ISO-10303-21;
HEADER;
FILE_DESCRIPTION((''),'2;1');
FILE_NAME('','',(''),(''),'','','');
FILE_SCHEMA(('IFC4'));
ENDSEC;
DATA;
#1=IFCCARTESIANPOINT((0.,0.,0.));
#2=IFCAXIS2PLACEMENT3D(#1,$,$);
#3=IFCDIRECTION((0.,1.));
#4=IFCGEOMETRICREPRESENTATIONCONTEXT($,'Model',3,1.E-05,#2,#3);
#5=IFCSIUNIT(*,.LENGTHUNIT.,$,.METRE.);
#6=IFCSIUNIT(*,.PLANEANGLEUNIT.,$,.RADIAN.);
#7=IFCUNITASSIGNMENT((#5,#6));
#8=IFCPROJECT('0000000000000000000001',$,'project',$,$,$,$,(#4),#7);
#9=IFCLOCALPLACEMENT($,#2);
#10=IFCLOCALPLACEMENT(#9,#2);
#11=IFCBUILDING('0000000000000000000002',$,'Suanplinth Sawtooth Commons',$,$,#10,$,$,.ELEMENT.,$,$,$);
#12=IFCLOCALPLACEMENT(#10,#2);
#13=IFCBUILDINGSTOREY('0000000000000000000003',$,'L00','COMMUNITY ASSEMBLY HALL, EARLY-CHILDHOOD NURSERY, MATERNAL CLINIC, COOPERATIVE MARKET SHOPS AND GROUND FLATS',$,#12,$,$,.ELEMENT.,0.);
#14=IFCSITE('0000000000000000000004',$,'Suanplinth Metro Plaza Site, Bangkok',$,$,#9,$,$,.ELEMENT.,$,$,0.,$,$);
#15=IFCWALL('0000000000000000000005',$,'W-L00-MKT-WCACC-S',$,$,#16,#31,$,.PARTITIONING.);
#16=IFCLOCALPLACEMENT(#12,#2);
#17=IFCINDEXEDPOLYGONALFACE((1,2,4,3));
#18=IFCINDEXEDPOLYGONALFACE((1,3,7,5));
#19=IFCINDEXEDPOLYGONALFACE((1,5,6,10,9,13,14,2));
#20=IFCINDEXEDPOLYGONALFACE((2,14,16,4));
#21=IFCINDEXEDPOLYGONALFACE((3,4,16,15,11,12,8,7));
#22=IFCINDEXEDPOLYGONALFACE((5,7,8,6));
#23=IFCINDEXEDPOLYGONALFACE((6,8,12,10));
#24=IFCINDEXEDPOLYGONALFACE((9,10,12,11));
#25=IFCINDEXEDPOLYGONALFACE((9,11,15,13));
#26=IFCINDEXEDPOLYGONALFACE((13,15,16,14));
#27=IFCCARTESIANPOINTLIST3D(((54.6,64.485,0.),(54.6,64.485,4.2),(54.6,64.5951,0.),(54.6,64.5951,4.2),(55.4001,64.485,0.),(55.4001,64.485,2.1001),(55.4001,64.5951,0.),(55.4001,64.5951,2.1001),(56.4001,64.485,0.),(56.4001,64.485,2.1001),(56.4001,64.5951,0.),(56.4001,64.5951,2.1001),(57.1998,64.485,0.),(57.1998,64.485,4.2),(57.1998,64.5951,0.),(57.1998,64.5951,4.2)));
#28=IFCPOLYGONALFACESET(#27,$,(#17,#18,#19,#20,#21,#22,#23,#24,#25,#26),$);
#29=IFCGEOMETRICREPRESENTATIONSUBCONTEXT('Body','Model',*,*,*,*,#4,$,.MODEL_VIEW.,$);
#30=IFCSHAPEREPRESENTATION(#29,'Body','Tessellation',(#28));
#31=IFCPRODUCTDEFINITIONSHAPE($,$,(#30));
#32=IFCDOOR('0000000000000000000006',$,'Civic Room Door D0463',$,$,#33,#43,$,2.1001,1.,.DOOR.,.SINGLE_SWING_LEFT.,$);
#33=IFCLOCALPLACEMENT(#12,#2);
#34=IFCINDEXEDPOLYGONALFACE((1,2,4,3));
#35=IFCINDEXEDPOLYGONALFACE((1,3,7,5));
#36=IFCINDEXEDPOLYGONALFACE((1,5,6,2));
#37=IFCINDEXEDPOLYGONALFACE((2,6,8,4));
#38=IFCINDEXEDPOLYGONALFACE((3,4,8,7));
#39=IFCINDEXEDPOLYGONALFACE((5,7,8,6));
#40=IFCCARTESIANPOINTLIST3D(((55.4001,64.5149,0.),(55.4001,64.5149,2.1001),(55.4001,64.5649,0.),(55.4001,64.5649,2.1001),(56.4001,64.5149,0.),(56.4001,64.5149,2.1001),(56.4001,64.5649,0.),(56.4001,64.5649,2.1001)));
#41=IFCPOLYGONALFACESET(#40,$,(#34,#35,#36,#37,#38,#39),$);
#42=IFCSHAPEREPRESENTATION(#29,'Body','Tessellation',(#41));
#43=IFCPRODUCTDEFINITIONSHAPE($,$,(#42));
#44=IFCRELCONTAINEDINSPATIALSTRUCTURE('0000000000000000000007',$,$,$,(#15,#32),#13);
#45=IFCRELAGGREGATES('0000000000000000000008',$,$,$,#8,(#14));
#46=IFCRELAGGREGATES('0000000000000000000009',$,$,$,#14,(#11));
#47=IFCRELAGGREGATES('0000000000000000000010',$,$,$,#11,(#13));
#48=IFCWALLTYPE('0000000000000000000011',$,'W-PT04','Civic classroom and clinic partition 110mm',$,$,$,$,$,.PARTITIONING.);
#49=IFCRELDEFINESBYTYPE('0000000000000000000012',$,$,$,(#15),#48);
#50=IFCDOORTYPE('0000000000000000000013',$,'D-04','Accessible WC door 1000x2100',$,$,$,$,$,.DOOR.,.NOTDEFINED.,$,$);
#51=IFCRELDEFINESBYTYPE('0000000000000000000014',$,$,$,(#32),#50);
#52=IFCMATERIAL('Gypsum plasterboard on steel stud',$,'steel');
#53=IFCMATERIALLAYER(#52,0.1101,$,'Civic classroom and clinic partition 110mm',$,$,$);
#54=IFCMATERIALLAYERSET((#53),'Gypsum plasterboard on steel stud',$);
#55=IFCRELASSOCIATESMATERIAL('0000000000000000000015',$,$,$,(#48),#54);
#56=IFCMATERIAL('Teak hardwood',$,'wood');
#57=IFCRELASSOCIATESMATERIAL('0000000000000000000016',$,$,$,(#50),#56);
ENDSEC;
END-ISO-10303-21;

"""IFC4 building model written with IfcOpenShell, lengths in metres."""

from ifc_helpers import new_model, si_unit, direction, frame, frame_2d, origin, place, context, subcontext, project, spatial, rectangle, extrude, material, layer, layer_set, type_object, element, fill, save


model = new_model("IFC4")

# Units and contexts
model_context = context("Model", 3, precision=1e-05, world=origin(), true_north=direction((0.0, 1.0)))
body_context = subcontext(model_context, "Body", "Model", "MODEL_VIEW")
ifc_project = project(units=[si_unit("LENGTHUNIT", "METRE"), si_unit("PLANEANGLEUNIT", "RADIAN")], contexts=[model_context])

# Site, building, storey
site_placement = place(None, origin())
site = spatial("IfcSite", under=ifc_project, at=site_placement, Name="Suanplinth Metro Plaza Site, Bangkok", CompositionType="ELEMENT", RefElevation=0.0)
building_placement = place(site_placement, origin())
building = spatial("IfcBuilding", under=site, at=building_placement, Name="Suanplinth Sawtooth Commons", CompositionType="ELEMENT")
storey_placement = place(building_placement, origin())
storey = spatial("IfcBuildingStorey", under=building, at=storey_placement, Name="L00", Description="COMMUNITY ASSEMBLY HALL, EARLY-CHILDHOOD NURSERY, MATERNAL CLINIC, COOPERATIVE MARKET SHOPS AND GROUND FLATS", CompositionType="ELEMENT", Elevation=0.0)

# Shared definitions
ifc_material_1 = material(Name="Gypsum plasterboard on steel stud", Category="steel")
ifc_layer_1 = layer(ifc_material_1, 0.1101, Name="Civic classroom and clinic partition 110mm")
ifc_layer_set_1 = layer_set([ifc_layer_1], Name="Gypsum plasterboard on steel stud")
wall_type_1 = type_object("IfcWallType", Name="W-PT04", Description="Civic classroom and clinic partition 110mm", PredefinedType="PARTITIONING", material=ifc_layer_set_1)
ifc_material_2 = material(Name="Teak hardwood", Category="wood")
door_type_1 = type_object("IfcDoorType", Name="D-04", Description="Accessible WC door 1000x2100", OperationType="NOTDEFINED", PredefinedType="DOOR", material=ifc_material_2)

# Wall, opening, door
wall_1_placement = place(storey_placement, frame((54.6001, 64.54, 0.0), z_axis=(0.0, 0.0, 1.0), x_axis=(1.0, 0.0, 0.0)))
wall_1 = element("IfcWall", 1, at=wall_1_placement, inside=storey, type_object=wall_type_1, Name="W-L00-MKT-WCACC-S", PredefinedType="PARTITIONING", context=body_context, shape_type="SweptSolid", body=[
    extrude(rectangle(XDim=2.5999, YDim=0.1101, at=frame_2d((1.2998, 0.0))), origin(), (0.0, 0.0, 1.0), 4.2),
])
opening_1_placement = place(wall_1_placement, frame((0.8, 0.0, 0.0)))
opening_1 = element("IfcOpeningElement", 2, at=opening_1_placement, cuts=wall_1, PredefinedType="OPENING", context=body_context, shape_type="SweptSolid", body=[
    extrude(rectangle(XDim=1.0, YDim=2.1001, at=frame_2d((0.5, 1.05))), frame((0.0, 0.0698, 0.0), z_axis=(0.0, -1.0, 0.0), x_axis=(1.0, 0.0, 0.0)), (0.0, 0.0, 1.0), 0.1399),
])
door_1_placement = place(opening_1_placement, origin())
door_1 = element("IfcDoor", 3, at=door_1_placement, inside=storey, type_object=door_type_1, Name="Civic Room Door D0463", OperationType="SINGLE_SWING_LEFT", OverallHeight=2.1001, OverallWidth=1.0, PredefinedType="DOOR", context=body_context, shape_type="SweptSolid", body=[
    extrude(rectangle(XDim=1.0, YDim=2.1001, at=frame_2d((0.5, 1.05))), frame((0.0, 0.0249, 0.0), z_axis=(0.0, -1.0, 0.0), x_axis=(1.0, 0.0, 0.0)), (0.0, 0.0, 1.0), 0.05),
])
fill(opening_1, door_1)

save(model, "model.ifc")
